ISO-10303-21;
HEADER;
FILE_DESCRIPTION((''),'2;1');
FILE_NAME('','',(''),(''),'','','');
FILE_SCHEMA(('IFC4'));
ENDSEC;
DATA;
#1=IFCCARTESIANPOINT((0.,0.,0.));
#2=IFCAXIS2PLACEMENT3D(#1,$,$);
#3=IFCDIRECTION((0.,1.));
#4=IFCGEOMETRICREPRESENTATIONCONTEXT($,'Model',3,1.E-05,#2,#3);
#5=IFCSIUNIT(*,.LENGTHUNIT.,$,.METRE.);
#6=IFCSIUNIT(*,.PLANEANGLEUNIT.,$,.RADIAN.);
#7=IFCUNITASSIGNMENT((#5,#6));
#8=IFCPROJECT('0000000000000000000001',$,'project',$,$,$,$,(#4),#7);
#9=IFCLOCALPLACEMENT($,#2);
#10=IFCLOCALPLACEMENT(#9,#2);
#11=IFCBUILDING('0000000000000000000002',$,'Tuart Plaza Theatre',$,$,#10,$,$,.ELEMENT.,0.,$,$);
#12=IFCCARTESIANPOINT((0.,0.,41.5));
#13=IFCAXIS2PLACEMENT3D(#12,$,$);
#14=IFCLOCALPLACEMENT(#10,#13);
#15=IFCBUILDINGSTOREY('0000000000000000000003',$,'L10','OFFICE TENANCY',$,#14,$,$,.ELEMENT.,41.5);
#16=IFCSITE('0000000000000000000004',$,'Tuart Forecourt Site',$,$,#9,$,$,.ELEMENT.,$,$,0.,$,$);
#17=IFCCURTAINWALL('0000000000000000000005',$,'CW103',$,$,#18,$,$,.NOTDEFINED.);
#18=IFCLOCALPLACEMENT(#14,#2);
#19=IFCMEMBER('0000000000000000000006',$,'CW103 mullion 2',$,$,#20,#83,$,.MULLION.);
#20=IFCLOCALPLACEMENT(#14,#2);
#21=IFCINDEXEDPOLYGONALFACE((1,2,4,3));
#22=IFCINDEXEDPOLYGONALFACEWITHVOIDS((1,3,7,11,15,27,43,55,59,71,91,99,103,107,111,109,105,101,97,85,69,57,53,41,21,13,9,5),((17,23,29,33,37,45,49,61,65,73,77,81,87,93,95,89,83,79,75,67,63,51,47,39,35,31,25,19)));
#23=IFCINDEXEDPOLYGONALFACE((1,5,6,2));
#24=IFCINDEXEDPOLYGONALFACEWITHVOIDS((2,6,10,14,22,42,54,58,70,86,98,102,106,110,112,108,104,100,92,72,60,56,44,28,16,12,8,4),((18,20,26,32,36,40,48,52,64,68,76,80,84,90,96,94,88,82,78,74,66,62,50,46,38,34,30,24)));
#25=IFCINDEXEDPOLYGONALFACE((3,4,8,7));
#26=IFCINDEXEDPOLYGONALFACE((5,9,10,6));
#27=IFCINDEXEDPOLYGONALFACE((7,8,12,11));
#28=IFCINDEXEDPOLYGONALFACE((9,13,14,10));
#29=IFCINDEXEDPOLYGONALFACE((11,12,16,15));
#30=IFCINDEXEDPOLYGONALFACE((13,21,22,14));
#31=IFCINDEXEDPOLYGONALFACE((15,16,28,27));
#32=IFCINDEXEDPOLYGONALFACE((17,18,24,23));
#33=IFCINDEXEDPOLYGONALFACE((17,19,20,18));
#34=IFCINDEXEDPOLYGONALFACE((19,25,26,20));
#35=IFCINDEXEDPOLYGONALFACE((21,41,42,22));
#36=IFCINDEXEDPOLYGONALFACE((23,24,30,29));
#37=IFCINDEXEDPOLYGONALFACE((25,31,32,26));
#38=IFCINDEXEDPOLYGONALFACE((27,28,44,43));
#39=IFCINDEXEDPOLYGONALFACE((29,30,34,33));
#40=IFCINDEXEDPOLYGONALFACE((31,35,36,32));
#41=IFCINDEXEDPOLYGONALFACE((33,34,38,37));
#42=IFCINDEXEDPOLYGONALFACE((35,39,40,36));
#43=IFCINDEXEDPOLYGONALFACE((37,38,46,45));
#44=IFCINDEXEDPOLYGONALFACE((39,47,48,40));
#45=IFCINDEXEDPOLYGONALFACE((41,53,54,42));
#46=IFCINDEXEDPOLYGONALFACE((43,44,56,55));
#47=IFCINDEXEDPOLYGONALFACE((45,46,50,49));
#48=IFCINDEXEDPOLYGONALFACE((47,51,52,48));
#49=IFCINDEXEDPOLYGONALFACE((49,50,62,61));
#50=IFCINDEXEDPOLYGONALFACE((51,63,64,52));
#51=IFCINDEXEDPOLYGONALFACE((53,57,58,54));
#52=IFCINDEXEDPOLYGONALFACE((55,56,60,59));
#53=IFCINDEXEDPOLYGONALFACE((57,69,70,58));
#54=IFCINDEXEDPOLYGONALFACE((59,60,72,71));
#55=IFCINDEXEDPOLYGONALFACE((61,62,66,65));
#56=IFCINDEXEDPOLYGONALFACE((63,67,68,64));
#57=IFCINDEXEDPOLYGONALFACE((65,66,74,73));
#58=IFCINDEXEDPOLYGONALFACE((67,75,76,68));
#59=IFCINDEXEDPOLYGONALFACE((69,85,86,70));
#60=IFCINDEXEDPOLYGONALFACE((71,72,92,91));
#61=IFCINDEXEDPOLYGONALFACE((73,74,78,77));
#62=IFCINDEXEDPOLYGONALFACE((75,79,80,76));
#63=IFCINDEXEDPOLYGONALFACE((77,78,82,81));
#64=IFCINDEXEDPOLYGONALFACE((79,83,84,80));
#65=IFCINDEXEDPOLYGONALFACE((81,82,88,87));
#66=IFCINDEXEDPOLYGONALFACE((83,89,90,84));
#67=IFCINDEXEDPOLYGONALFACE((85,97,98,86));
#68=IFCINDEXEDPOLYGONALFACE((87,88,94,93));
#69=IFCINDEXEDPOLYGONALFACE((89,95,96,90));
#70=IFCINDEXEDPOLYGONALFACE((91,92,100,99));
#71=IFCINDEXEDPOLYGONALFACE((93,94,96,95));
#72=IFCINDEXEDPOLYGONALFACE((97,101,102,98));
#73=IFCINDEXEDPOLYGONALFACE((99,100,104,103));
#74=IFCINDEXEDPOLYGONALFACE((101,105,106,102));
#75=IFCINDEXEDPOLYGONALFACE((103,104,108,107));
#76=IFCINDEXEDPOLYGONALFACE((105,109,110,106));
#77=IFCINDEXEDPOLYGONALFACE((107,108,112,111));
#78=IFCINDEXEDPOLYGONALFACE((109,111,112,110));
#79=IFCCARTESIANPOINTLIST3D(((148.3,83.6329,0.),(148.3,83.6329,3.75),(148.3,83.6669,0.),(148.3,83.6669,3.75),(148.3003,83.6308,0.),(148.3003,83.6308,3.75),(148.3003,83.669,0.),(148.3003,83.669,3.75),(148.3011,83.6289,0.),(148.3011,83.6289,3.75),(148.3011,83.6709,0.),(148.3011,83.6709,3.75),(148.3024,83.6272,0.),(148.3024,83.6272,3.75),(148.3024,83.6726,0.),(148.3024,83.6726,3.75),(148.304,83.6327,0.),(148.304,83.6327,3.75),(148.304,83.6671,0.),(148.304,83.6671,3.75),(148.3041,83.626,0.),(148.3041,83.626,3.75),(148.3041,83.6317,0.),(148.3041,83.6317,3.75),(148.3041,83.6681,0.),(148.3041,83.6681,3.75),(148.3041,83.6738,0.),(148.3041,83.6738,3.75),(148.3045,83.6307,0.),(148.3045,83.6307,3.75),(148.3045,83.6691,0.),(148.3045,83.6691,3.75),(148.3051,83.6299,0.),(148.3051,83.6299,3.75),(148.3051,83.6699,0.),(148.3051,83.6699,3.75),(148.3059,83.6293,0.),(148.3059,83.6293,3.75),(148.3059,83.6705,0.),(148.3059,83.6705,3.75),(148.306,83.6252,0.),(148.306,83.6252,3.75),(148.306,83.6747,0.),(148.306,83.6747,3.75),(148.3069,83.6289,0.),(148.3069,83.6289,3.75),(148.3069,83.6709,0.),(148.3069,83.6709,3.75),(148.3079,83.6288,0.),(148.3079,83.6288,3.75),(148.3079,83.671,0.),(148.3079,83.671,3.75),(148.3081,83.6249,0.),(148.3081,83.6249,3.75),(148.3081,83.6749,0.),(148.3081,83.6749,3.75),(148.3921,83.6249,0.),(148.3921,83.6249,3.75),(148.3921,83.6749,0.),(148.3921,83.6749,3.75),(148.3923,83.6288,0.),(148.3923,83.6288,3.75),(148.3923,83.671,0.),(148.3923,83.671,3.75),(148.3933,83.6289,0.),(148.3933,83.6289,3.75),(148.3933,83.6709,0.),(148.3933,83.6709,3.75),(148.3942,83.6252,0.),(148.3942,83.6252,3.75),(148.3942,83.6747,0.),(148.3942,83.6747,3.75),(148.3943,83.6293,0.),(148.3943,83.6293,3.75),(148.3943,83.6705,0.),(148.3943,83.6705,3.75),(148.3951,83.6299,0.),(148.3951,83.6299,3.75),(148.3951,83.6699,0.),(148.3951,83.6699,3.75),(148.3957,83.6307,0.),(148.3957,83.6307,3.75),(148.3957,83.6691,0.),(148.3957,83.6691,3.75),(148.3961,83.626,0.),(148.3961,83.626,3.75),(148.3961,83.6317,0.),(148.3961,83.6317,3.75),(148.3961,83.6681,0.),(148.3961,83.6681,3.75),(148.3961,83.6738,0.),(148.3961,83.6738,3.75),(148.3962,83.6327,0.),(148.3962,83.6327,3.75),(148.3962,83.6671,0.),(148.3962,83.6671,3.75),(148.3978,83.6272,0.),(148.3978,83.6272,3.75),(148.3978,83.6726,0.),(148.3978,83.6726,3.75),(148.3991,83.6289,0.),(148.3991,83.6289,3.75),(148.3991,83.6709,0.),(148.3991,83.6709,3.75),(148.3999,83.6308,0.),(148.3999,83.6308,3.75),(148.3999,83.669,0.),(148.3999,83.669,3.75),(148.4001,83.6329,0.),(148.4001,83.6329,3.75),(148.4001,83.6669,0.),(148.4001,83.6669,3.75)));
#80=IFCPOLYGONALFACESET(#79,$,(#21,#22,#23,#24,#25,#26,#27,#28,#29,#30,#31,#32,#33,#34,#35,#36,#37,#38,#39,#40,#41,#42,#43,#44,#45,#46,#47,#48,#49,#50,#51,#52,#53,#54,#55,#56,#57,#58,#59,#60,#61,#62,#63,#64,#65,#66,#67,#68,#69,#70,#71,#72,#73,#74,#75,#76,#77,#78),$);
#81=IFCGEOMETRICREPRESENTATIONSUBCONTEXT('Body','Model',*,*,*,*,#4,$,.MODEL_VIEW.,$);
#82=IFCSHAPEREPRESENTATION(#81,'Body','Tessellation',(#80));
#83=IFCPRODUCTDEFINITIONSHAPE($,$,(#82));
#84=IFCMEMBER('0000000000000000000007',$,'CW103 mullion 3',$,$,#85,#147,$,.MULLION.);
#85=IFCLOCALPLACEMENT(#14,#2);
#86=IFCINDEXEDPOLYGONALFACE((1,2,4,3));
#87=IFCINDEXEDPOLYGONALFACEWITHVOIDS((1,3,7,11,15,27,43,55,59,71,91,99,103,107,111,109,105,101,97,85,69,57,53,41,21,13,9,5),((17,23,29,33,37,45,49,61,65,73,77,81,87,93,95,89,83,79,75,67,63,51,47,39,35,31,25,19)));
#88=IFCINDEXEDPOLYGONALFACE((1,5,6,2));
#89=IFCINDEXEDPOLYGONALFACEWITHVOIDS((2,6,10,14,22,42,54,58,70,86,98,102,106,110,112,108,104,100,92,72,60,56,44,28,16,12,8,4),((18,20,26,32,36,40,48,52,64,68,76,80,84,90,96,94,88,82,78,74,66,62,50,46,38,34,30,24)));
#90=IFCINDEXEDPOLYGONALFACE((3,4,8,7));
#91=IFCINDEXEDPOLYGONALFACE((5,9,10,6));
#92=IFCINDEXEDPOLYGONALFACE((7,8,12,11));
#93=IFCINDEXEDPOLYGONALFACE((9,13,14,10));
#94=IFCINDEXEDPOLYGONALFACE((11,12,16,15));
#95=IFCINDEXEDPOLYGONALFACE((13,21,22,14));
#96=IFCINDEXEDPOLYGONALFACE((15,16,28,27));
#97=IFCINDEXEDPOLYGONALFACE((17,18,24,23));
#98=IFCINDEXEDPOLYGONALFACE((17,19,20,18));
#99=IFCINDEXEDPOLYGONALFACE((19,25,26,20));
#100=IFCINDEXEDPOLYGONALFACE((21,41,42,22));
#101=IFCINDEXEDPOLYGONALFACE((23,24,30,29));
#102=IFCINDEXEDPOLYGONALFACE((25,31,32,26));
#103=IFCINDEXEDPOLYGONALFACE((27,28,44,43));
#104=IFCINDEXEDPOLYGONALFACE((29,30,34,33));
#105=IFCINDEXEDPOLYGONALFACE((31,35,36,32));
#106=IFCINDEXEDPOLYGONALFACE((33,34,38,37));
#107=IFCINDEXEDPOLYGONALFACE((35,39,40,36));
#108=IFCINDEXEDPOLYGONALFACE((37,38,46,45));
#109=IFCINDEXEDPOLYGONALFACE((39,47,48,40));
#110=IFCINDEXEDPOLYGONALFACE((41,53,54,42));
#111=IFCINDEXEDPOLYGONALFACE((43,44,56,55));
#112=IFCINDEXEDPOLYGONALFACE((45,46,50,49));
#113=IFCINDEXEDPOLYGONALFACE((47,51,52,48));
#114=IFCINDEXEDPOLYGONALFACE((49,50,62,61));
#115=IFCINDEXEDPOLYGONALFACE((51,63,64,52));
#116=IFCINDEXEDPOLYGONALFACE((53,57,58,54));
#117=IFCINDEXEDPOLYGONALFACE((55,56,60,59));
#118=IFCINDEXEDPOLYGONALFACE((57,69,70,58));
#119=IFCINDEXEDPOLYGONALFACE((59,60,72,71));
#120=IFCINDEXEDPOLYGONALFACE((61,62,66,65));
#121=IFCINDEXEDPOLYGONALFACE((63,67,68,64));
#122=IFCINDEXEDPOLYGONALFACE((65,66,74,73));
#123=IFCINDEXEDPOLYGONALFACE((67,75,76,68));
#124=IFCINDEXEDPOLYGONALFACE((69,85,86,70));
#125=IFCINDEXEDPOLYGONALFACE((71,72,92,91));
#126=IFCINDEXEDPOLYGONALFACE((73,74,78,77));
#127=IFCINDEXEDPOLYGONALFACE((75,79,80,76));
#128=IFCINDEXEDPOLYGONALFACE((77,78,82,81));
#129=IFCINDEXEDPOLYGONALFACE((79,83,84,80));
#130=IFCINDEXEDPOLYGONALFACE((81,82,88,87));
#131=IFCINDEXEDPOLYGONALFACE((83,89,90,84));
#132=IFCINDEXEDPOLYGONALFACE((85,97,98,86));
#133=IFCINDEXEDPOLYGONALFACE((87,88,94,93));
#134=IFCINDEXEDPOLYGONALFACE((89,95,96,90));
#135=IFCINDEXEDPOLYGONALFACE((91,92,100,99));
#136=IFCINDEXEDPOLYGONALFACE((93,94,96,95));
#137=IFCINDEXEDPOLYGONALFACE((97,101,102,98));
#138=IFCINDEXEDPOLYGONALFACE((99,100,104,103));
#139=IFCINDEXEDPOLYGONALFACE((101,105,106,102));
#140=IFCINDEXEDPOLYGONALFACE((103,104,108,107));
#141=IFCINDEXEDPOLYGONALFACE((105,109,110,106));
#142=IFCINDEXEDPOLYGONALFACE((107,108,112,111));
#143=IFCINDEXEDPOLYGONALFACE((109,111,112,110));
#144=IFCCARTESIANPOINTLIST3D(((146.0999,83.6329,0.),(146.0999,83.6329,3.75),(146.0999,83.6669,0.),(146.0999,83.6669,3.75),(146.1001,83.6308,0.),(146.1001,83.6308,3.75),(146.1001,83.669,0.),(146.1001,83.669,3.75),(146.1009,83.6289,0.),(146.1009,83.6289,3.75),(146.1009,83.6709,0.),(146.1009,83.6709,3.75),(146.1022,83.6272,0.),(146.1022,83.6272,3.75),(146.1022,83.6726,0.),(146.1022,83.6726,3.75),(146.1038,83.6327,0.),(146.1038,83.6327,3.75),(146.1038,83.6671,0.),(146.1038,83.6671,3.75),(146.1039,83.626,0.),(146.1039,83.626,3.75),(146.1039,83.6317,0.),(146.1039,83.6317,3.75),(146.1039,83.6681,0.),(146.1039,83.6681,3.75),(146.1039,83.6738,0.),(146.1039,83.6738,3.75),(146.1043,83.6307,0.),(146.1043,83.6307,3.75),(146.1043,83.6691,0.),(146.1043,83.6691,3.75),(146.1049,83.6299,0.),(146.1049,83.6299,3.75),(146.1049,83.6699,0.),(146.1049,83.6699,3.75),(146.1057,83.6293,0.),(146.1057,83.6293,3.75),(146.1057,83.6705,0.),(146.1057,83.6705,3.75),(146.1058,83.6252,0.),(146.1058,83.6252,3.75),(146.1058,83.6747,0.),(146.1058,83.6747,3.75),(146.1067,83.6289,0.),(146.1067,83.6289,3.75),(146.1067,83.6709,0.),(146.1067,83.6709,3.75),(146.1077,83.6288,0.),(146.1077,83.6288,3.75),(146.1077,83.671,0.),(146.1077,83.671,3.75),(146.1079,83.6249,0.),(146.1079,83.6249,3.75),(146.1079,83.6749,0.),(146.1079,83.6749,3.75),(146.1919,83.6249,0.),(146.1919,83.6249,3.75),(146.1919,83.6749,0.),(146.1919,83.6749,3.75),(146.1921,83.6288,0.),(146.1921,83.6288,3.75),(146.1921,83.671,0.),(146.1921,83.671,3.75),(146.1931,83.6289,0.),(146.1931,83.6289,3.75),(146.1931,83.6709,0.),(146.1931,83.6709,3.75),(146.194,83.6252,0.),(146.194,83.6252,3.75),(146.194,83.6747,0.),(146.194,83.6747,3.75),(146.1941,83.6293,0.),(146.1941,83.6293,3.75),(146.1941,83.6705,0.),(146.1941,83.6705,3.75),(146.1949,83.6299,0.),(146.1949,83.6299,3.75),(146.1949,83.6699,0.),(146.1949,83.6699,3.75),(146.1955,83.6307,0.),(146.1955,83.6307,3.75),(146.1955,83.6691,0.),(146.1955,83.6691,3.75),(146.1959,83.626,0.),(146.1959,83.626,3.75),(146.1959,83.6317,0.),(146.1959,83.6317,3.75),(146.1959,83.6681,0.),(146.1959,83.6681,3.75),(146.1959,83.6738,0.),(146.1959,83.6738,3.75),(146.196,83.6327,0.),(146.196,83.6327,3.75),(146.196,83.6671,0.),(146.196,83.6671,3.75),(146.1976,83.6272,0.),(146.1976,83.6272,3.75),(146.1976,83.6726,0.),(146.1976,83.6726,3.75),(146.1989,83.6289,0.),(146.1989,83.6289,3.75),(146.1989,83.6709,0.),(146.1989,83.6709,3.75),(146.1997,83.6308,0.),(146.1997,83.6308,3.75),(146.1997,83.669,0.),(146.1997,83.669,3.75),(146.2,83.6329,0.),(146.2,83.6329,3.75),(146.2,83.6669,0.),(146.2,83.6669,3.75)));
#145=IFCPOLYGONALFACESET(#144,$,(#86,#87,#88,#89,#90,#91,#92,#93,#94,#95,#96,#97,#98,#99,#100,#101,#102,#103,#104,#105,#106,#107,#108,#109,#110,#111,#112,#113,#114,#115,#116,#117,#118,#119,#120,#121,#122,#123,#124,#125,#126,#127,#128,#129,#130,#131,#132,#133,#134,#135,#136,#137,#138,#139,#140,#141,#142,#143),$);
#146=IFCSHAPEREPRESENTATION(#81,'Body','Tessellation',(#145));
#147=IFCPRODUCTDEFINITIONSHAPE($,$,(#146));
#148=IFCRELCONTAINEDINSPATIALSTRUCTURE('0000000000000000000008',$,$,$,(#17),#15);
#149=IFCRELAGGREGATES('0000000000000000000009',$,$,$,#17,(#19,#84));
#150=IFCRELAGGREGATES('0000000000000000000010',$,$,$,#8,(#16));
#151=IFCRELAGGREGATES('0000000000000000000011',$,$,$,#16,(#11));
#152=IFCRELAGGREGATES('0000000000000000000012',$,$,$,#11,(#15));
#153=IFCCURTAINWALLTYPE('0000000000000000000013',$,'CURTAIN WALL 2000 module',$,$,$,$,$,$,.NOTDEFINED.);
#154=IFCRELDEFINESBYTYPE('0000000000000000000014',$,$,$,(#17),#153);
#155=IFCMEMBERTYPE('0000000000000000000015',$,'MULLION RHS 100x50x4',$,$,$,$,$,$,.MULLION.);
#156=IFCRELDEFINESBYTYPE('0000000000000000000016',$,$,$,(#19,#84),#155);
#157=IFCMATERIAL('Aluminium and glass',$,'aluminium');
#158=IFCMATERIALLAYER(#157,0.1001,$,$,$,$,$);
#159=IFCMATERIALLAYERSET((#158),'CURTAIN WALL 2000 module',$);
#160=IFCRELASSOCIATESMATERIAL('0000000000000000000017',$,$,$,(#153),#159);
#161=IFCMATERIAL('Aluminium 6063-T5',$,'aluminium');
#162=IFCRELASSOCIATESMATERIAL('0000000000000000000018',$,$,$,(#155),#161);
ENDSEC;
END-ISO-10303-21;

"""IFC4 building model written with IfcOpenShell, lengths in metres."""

from ifc_helpers import new_model, si_unit, direction, frame, origin, origin_2d, place, context, subcontext, project, spatial, hollow_rectangle, extrude, material, layer, layer_set, material_profile, profile_set, type_object, element, aggregate, save


model = new_model("IFC4")

# Units and contexts
model_context = context("Model", 3, precision=1e-05, world=origin(), true_north=direction((0.0, 1.0)))
body_context = subcontext(model_context, "Body", "Model", "MODEL_VIEW")
ifc_project = project(units=[si_unit("LENGTHUNIT", "METRE"), si_unit("PLANEANGLEUNIT", "RADIAN")], contexts=[model_context])

# Site, building, storey
site_placement = place(None, origin())
site = spatial("IfcSite", under=ifc_project, at=site_placement, Name="Tuart Forecourt Site", CompositionType="ELEMENT", RefElevation=0.0)
building_placement = place(site_placement, origin())
building = spatial("IfcBuilding", under=site, at=building_placement, Name="Tuart Plaza Theatre", CompositionType="ELEMENT", ElevationOfRefHeight=0.0)
storey_placement = place(building_placement, frame((0.0, 0.0, 41.5)))
storey = spatial("IfcBuildingStorey", under=building, at=storey_placement, Name="L10", Description="OFFICE TENANCY", CompositionType="ELEMENT", Elevation=41.5)

# Shared definitions
ifc_material_1 = material(Name="Aluminium and glass", Category="aluminium")
ifc_layer_1 = layer(ifc_material_1, 0.1001)
ifc_layer_set_1 = layer_set([ifc_layer_1], Name="CURTAIN WALL 2000 module")
curtain_wall_type = type_object("IfcCurtainWallType", Name="CURTAIN WALL 2000 module", PredefinedType="NOTDEFINED", material=ifc_layer_set_1)
ifc_material_2 = material(Name="Aluminium 6063-T5", Category="aluminium")
ifc_material_profile_1 = material_profile(ifc_material_2, hollow_rectangle(XDim=0.05, YDim=0.1001, WallThickness=0.0039, InnerFilletRadius=0.0039, OuterFilletRadius=0.0081, at=origin_2d()), Name="RHS 100x50x4")
ifc_profile_set_1 = profile_set([ifc_material_profile_1], Name="Aluminium 6063-T5")
member_type_1 = type_object("IfcMemberType", Name="MULLION RHS 100x50x4", PredefinedType="MULLION", material=ifc_profile_set_1)

# Curtain wall, members
curtain_wall_1_placement = place(storey_placement, origin())
curtain_wall_1 = element("IfcCurtainWall", 1, at=curtain_wall_1_placement, inside=storey, type_object=curtain_wall_type, Name="CW103", PredefinedType="NOTDEFINED")
member_1_placement = place(storey_placement, frame((148.3501, 83.6499, 0.0), z_axis=(0.0, 0.0, 1.0), x_axis=(0.0, -1.0, 0.0)))
member_1 = element("IfcMember", 2, at=member_1_placement, type_object=member_type_1, Name="CW103 mullion 2", PredefinedType="MULLION", context=body_context, shape_type="SweptSolid", body=[
    extrude(hollow_rectangle(XDim=0.05, YDim=0.1001, WallThickness=0.0039, InnerFilletRadius=0.0039, OuterFilletRadius=0.0081, at=origin_2d()), origin(), (0.0, 0.0, 1.0), 3.75),
])
member_2_placement = place(storey_placement, frame((146.1499, 83.6499, 0.0), z_axis=(0.0, 0.0, 1.0), x_axis=(0.0, -1.0, 0.0)))
member_2 = element("IfcMember", 3, at=member_2_placement, type_object=member_type_1, Name="CW103 mullion 3", PredefinedType="MULLION", context=body_context, shape_type="SweptSolid", body=[
    extrude(hollow_rectangle(XDim=0.05, YDim=0.1001, WallThickness=0.0039, InnerFilletRadius=0.0039, OuterFilletRadius=0.0081, at=origin_2d()), origin(), (0.0, 0.0, 1.0), 3.75),
])

aggregate(curtain_wall_1, [member_1, member_2])

save(model, "model.ifc")
